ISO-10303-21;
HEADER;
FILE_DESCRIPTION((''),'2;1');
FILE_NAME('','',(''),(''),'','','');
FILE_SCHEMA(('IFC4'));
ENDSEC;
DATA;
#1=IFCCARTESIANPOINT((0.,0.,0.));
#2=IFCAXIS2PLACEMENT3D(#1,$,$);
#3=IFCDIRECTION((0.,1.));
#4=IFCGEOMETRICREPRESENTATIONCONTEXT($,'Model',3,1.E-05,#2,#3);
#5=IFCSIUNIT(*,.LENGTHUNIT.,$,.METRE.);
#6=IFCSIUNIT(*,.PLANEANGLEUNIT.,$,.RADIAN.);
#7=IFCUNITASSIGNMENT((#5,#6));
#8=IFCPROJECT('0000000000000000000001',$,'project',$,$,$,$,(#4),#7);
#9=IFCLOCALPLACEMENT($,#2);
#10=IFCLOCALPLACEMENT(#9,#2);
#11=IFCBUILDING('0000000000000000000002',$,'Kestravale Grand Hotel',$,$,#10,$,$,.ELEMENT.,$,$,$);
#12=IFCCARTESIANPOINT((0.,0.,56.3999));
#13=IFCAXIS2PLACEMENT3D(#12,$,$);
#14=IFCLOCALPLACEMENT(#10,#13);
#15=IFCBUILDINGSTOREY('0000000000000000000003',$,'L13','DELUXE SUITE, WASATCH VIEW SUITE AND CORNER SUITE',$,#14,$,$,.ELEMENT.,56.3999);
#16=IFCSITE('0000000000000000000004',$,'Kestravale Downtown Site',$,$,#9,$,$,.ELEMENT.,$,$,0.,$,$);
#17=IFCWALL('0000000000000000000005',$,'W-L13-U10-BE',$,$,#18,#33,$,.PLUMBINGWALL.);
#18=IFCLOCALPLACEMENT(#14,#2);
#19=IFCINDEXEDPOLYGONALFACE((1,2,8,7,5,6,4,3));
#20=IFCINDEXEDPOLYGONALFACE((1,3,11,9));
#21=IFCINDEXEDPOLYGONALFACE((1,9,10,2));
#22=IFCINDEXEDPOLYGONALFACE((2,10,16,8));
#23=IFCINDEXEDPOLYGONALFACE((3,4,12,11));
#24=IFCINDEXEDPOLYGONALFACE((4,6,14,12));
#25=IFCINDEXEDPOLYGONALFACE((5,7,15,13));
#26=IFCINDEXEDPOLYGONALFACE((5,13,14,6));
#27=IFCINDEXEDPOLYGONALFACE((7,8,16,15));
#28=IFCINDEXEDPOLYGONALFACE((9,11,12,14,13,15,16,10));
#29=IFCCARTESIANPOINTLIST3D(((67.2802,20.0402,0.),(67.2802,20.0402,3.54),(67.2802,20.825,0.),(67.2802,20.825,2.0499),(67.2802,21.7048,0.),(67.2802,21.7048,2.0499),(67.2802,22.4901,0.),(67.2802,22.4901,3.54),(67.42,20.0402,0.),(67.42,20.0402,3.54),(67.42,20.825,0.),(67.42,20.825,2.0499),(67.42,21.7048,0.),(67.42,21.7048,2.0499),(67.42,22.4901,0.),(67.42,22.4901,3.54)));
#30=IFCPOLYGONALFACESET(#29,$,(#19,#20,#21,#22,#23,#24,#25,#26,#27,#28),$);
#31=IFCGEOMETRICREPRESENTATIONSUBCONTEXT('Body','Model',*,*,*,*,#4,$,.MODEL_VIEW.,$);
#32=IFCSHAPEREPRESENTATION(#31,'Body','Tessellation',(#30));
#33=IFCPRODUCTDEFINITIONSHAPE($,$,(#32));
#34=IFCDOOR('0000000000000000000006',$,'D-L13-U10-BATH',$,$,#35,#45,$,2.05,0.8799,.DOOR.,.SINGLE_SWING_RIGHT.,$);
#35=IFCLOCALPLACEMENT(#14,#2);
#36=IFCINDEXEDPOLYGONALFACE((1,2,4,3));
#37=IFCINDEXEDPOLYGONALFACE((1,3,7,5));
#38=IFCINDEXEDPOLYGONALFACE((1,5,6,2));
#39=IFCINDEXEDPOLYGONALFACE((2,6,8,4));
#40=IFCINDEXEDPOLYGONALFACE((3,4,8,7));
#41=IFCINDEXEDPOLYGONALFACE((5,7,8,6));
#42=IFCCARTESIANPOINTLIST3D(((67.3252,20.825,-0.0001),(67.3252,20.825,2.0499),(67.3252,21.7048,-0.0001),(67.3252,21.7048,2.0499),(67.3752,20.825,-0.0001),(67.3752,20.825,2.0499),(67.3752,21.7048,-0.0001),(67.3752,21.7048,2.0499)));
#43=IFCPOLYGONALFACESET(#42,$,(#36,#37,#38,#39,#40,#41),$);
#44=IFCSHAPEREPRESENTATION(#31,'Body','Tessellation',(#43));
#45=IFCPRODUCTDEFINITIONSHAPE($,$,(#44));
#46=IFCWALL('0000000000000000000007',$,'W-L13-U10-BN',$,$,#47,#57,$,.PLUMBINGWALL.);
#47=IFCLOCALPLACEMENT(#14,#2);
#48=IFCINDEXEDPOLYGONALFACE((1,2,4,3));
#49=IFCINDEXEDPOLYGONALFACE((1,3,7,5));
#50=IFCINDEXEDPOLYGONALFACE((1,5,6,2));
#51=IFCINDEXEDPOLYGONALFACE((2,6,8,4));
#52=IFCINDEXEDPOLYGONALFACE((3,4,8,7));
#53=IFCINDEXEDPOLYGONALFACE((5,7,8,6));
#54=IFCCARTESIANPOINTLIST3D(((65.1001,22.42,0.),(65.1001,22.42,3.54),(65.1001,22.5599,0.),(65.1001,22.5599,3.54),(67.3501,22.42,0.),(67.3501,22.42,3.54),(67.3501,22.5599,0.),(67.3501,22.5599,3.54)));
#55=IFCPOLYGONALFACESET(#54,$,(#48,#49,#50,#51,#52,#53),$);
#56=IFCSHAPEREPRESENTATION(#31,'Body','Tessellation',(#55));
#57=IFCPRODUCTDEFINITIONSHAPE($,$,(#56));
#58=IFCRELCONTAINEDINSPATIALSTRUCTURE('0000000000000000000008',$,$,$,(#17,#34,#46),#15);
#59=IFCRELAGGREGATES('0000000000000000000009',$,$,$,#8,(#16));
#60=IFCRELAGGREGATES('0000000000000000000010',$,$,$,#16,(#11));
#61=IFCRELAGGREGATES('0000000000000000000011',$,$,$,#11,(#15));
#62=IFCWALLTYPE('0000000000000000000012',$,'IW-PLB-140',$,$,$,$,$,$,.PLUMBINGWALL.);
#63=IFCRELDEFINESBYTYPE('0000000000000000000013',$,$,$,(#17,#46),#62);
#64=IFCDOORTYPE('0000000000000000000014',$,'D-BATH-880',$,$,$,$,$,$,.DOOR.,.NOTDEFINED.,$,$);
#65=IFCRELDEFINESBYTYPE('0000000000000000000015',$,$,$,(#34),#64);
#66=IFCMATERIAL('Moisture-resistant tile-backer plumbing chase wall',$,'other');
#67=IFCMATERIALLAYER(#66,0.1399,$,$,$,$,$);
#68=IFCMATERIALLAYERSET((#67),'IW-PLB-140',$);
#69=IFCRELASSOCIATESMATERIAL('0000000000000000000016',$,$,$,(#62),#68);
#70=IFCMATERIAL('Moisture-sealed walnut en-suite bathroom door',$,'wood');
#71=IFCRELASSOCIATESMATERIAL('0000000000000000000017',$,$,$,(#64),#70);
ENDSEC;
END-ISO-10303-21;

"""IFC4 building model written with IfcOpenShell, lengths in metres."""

from ifc_helpers import new_model, si_unit, direction, frame, frame_2d, origin, place, context, subcontext, project, spatial, rectangle, extrude, material, layer, layer_set, type_object, element, fill, save


model = new_model("IFC4")

# Units and contexts
model_context = context("Model", 3, precision=1e-05, world=origin(), true_north=direction((0.0, 1.0)))
body_context = subcontext(model_context, "Body", "Model", "MODEL_VIEW")
ifc_project = project(units=[si_unit("LENGTHUNIT", "METRE"), si_unit("PLANEANGLEUNIT", "RADIAN")], contexts=[model_context])

# Site, building, storey
site_placement = place(None, origin())
site = spatial("IfcSite", under=ifc_project, at=site_placement, Name="Kestravale Downtown Site", CompositionType="ELEMENT", RefElevation=0.0)
building_placement = place(site_placement, origin())
building = spatial("IfcBuilding", under=site, at=building_placement, Name="Kestravale Grand Hotel", CompositionType="ELEMENT")
storey_placement = place(building_placement, frame((0.0, 0.0, 56.3999)))
storey = spatial("IfcBuildingStorey", under=building, at=storey_placement, Name="L13", Description="DELUXE SUITE, WASATCH VIEW SUITE AND CORNER SUITE", CompositionType="ELEMENT", Elevation=56.3999)

# Shared definitions
ifc_material_1 = material(Name="Moisture-resistant tile-backer plumbing chase wall", Category="other")
ifc_layer_1 = layer(ifc_material_1, 0.1399)
ifc_layer_set_1 = layer_set([ifc_layer_1], Name="IW-PLB-140")
wall_type_1 = type_object("IfcWallType", Name="IW-PLB-140", PredefinedType="PLUMBINGWALL", material=ifc_layer_set_1)

# Shared definitions
ifc_material_2 = material(Name="Moisture-sealed walnut en-suite bathroom door", Category="wood")
door_type = type_object("IfcDoorType", Name="D-BATH-880", OperationType="NOTDEFINED", PredefinedType="DOOR", material=ifc_material_2)

# Wall, opening, door
wall_1_placement = place(storey_placement, frame((67.3501, 20.04, 0.0), z_axis=(0.0, 0.0, 1.0), x_axis=(0.0, 1.0, 0.0)))
wall_1 = element("IfcWall", 1, at=wall_1_placement, inside=storey, type_object=wall_type_1, Name="W-L13-U10-BE", PredefinedType="PLUMBINGWALL", context=body_context, shape_type="SweptSolid", body=[
    extrude(rectangle(XDim=2.45, YDim=0.1399, at=frame_2d((1.2251, 0.0))), origin(), (0.0, 0.0, 1.0), 3.54),
])
opening_1_placement = place(wall_1_placement, frame((0.7849, 0.0, 0.0)))
opening_1 = element("IfcOpeningElement", 2, at=opening_1_placement, cuts=wall_1, PredefinedType="OPENING", context=body_context, shape_type="SweptSolid", body=[
    extrude(rectangle(XDim=0.8799, YDim=2.05, at=frame_2d((0.4399, 1.0249))), frame((0.0, 0.0798, 0.0), z_axis=(0.0, -1.0, 0.0), x_axis=(1.0, 0.0, 0.0)), (0.0, 0.0, 1.0), 0.1599),
])
door_1_placement = place(opening_1_placement, origin())
door_1 = element("IfcDoor", 3, at=door_1_placement, inside=storey, type_object=door_type, Name="D-L13-U10-BATH", OperationType="SINGLE_SWING_RIGHT", OverallHeight=2.05, OverallWidth=0.8799, PredefinedType="DOOR", context=body_context, shape_type="SweptSolid", body=[
    extrude(rectangle(XDim=0.8799, YDim=2.05, at=frame_2d((0.4399, 1.0249))), frame((0.0, 0.0249, 0.0), z_axis=(0.0, -1.0, 0.0), x_axis=(1.0, 0.0, 0.0)), (0.0, 0.0, 1.0), 0.05),
])
fill(opening_1, door_1)

# Wall
wall_2_placement = place(storey_placement, frame((65.1001, 22.49, 0.0), z_axis=(0.0, 0.0, 1.0), x_axis=(1.0, 0.0, 0.0)))
element("IfcWall", 4, at=wall_2_placement, inside=storey, type_object=wall_type_1, Name="W-L13-U10-BN", PredefinedType="PLUMBINGWALL", context=body_context, shape_type="SweptSolid", body=[
    extrude(rectangle(XDim=2.25, YDim=0.1399, at=frame_2d((1.125, 0.0))), origin(), (0.0, 0.0, 1.0), 3.54),
])

save(model, "model.ifc")
